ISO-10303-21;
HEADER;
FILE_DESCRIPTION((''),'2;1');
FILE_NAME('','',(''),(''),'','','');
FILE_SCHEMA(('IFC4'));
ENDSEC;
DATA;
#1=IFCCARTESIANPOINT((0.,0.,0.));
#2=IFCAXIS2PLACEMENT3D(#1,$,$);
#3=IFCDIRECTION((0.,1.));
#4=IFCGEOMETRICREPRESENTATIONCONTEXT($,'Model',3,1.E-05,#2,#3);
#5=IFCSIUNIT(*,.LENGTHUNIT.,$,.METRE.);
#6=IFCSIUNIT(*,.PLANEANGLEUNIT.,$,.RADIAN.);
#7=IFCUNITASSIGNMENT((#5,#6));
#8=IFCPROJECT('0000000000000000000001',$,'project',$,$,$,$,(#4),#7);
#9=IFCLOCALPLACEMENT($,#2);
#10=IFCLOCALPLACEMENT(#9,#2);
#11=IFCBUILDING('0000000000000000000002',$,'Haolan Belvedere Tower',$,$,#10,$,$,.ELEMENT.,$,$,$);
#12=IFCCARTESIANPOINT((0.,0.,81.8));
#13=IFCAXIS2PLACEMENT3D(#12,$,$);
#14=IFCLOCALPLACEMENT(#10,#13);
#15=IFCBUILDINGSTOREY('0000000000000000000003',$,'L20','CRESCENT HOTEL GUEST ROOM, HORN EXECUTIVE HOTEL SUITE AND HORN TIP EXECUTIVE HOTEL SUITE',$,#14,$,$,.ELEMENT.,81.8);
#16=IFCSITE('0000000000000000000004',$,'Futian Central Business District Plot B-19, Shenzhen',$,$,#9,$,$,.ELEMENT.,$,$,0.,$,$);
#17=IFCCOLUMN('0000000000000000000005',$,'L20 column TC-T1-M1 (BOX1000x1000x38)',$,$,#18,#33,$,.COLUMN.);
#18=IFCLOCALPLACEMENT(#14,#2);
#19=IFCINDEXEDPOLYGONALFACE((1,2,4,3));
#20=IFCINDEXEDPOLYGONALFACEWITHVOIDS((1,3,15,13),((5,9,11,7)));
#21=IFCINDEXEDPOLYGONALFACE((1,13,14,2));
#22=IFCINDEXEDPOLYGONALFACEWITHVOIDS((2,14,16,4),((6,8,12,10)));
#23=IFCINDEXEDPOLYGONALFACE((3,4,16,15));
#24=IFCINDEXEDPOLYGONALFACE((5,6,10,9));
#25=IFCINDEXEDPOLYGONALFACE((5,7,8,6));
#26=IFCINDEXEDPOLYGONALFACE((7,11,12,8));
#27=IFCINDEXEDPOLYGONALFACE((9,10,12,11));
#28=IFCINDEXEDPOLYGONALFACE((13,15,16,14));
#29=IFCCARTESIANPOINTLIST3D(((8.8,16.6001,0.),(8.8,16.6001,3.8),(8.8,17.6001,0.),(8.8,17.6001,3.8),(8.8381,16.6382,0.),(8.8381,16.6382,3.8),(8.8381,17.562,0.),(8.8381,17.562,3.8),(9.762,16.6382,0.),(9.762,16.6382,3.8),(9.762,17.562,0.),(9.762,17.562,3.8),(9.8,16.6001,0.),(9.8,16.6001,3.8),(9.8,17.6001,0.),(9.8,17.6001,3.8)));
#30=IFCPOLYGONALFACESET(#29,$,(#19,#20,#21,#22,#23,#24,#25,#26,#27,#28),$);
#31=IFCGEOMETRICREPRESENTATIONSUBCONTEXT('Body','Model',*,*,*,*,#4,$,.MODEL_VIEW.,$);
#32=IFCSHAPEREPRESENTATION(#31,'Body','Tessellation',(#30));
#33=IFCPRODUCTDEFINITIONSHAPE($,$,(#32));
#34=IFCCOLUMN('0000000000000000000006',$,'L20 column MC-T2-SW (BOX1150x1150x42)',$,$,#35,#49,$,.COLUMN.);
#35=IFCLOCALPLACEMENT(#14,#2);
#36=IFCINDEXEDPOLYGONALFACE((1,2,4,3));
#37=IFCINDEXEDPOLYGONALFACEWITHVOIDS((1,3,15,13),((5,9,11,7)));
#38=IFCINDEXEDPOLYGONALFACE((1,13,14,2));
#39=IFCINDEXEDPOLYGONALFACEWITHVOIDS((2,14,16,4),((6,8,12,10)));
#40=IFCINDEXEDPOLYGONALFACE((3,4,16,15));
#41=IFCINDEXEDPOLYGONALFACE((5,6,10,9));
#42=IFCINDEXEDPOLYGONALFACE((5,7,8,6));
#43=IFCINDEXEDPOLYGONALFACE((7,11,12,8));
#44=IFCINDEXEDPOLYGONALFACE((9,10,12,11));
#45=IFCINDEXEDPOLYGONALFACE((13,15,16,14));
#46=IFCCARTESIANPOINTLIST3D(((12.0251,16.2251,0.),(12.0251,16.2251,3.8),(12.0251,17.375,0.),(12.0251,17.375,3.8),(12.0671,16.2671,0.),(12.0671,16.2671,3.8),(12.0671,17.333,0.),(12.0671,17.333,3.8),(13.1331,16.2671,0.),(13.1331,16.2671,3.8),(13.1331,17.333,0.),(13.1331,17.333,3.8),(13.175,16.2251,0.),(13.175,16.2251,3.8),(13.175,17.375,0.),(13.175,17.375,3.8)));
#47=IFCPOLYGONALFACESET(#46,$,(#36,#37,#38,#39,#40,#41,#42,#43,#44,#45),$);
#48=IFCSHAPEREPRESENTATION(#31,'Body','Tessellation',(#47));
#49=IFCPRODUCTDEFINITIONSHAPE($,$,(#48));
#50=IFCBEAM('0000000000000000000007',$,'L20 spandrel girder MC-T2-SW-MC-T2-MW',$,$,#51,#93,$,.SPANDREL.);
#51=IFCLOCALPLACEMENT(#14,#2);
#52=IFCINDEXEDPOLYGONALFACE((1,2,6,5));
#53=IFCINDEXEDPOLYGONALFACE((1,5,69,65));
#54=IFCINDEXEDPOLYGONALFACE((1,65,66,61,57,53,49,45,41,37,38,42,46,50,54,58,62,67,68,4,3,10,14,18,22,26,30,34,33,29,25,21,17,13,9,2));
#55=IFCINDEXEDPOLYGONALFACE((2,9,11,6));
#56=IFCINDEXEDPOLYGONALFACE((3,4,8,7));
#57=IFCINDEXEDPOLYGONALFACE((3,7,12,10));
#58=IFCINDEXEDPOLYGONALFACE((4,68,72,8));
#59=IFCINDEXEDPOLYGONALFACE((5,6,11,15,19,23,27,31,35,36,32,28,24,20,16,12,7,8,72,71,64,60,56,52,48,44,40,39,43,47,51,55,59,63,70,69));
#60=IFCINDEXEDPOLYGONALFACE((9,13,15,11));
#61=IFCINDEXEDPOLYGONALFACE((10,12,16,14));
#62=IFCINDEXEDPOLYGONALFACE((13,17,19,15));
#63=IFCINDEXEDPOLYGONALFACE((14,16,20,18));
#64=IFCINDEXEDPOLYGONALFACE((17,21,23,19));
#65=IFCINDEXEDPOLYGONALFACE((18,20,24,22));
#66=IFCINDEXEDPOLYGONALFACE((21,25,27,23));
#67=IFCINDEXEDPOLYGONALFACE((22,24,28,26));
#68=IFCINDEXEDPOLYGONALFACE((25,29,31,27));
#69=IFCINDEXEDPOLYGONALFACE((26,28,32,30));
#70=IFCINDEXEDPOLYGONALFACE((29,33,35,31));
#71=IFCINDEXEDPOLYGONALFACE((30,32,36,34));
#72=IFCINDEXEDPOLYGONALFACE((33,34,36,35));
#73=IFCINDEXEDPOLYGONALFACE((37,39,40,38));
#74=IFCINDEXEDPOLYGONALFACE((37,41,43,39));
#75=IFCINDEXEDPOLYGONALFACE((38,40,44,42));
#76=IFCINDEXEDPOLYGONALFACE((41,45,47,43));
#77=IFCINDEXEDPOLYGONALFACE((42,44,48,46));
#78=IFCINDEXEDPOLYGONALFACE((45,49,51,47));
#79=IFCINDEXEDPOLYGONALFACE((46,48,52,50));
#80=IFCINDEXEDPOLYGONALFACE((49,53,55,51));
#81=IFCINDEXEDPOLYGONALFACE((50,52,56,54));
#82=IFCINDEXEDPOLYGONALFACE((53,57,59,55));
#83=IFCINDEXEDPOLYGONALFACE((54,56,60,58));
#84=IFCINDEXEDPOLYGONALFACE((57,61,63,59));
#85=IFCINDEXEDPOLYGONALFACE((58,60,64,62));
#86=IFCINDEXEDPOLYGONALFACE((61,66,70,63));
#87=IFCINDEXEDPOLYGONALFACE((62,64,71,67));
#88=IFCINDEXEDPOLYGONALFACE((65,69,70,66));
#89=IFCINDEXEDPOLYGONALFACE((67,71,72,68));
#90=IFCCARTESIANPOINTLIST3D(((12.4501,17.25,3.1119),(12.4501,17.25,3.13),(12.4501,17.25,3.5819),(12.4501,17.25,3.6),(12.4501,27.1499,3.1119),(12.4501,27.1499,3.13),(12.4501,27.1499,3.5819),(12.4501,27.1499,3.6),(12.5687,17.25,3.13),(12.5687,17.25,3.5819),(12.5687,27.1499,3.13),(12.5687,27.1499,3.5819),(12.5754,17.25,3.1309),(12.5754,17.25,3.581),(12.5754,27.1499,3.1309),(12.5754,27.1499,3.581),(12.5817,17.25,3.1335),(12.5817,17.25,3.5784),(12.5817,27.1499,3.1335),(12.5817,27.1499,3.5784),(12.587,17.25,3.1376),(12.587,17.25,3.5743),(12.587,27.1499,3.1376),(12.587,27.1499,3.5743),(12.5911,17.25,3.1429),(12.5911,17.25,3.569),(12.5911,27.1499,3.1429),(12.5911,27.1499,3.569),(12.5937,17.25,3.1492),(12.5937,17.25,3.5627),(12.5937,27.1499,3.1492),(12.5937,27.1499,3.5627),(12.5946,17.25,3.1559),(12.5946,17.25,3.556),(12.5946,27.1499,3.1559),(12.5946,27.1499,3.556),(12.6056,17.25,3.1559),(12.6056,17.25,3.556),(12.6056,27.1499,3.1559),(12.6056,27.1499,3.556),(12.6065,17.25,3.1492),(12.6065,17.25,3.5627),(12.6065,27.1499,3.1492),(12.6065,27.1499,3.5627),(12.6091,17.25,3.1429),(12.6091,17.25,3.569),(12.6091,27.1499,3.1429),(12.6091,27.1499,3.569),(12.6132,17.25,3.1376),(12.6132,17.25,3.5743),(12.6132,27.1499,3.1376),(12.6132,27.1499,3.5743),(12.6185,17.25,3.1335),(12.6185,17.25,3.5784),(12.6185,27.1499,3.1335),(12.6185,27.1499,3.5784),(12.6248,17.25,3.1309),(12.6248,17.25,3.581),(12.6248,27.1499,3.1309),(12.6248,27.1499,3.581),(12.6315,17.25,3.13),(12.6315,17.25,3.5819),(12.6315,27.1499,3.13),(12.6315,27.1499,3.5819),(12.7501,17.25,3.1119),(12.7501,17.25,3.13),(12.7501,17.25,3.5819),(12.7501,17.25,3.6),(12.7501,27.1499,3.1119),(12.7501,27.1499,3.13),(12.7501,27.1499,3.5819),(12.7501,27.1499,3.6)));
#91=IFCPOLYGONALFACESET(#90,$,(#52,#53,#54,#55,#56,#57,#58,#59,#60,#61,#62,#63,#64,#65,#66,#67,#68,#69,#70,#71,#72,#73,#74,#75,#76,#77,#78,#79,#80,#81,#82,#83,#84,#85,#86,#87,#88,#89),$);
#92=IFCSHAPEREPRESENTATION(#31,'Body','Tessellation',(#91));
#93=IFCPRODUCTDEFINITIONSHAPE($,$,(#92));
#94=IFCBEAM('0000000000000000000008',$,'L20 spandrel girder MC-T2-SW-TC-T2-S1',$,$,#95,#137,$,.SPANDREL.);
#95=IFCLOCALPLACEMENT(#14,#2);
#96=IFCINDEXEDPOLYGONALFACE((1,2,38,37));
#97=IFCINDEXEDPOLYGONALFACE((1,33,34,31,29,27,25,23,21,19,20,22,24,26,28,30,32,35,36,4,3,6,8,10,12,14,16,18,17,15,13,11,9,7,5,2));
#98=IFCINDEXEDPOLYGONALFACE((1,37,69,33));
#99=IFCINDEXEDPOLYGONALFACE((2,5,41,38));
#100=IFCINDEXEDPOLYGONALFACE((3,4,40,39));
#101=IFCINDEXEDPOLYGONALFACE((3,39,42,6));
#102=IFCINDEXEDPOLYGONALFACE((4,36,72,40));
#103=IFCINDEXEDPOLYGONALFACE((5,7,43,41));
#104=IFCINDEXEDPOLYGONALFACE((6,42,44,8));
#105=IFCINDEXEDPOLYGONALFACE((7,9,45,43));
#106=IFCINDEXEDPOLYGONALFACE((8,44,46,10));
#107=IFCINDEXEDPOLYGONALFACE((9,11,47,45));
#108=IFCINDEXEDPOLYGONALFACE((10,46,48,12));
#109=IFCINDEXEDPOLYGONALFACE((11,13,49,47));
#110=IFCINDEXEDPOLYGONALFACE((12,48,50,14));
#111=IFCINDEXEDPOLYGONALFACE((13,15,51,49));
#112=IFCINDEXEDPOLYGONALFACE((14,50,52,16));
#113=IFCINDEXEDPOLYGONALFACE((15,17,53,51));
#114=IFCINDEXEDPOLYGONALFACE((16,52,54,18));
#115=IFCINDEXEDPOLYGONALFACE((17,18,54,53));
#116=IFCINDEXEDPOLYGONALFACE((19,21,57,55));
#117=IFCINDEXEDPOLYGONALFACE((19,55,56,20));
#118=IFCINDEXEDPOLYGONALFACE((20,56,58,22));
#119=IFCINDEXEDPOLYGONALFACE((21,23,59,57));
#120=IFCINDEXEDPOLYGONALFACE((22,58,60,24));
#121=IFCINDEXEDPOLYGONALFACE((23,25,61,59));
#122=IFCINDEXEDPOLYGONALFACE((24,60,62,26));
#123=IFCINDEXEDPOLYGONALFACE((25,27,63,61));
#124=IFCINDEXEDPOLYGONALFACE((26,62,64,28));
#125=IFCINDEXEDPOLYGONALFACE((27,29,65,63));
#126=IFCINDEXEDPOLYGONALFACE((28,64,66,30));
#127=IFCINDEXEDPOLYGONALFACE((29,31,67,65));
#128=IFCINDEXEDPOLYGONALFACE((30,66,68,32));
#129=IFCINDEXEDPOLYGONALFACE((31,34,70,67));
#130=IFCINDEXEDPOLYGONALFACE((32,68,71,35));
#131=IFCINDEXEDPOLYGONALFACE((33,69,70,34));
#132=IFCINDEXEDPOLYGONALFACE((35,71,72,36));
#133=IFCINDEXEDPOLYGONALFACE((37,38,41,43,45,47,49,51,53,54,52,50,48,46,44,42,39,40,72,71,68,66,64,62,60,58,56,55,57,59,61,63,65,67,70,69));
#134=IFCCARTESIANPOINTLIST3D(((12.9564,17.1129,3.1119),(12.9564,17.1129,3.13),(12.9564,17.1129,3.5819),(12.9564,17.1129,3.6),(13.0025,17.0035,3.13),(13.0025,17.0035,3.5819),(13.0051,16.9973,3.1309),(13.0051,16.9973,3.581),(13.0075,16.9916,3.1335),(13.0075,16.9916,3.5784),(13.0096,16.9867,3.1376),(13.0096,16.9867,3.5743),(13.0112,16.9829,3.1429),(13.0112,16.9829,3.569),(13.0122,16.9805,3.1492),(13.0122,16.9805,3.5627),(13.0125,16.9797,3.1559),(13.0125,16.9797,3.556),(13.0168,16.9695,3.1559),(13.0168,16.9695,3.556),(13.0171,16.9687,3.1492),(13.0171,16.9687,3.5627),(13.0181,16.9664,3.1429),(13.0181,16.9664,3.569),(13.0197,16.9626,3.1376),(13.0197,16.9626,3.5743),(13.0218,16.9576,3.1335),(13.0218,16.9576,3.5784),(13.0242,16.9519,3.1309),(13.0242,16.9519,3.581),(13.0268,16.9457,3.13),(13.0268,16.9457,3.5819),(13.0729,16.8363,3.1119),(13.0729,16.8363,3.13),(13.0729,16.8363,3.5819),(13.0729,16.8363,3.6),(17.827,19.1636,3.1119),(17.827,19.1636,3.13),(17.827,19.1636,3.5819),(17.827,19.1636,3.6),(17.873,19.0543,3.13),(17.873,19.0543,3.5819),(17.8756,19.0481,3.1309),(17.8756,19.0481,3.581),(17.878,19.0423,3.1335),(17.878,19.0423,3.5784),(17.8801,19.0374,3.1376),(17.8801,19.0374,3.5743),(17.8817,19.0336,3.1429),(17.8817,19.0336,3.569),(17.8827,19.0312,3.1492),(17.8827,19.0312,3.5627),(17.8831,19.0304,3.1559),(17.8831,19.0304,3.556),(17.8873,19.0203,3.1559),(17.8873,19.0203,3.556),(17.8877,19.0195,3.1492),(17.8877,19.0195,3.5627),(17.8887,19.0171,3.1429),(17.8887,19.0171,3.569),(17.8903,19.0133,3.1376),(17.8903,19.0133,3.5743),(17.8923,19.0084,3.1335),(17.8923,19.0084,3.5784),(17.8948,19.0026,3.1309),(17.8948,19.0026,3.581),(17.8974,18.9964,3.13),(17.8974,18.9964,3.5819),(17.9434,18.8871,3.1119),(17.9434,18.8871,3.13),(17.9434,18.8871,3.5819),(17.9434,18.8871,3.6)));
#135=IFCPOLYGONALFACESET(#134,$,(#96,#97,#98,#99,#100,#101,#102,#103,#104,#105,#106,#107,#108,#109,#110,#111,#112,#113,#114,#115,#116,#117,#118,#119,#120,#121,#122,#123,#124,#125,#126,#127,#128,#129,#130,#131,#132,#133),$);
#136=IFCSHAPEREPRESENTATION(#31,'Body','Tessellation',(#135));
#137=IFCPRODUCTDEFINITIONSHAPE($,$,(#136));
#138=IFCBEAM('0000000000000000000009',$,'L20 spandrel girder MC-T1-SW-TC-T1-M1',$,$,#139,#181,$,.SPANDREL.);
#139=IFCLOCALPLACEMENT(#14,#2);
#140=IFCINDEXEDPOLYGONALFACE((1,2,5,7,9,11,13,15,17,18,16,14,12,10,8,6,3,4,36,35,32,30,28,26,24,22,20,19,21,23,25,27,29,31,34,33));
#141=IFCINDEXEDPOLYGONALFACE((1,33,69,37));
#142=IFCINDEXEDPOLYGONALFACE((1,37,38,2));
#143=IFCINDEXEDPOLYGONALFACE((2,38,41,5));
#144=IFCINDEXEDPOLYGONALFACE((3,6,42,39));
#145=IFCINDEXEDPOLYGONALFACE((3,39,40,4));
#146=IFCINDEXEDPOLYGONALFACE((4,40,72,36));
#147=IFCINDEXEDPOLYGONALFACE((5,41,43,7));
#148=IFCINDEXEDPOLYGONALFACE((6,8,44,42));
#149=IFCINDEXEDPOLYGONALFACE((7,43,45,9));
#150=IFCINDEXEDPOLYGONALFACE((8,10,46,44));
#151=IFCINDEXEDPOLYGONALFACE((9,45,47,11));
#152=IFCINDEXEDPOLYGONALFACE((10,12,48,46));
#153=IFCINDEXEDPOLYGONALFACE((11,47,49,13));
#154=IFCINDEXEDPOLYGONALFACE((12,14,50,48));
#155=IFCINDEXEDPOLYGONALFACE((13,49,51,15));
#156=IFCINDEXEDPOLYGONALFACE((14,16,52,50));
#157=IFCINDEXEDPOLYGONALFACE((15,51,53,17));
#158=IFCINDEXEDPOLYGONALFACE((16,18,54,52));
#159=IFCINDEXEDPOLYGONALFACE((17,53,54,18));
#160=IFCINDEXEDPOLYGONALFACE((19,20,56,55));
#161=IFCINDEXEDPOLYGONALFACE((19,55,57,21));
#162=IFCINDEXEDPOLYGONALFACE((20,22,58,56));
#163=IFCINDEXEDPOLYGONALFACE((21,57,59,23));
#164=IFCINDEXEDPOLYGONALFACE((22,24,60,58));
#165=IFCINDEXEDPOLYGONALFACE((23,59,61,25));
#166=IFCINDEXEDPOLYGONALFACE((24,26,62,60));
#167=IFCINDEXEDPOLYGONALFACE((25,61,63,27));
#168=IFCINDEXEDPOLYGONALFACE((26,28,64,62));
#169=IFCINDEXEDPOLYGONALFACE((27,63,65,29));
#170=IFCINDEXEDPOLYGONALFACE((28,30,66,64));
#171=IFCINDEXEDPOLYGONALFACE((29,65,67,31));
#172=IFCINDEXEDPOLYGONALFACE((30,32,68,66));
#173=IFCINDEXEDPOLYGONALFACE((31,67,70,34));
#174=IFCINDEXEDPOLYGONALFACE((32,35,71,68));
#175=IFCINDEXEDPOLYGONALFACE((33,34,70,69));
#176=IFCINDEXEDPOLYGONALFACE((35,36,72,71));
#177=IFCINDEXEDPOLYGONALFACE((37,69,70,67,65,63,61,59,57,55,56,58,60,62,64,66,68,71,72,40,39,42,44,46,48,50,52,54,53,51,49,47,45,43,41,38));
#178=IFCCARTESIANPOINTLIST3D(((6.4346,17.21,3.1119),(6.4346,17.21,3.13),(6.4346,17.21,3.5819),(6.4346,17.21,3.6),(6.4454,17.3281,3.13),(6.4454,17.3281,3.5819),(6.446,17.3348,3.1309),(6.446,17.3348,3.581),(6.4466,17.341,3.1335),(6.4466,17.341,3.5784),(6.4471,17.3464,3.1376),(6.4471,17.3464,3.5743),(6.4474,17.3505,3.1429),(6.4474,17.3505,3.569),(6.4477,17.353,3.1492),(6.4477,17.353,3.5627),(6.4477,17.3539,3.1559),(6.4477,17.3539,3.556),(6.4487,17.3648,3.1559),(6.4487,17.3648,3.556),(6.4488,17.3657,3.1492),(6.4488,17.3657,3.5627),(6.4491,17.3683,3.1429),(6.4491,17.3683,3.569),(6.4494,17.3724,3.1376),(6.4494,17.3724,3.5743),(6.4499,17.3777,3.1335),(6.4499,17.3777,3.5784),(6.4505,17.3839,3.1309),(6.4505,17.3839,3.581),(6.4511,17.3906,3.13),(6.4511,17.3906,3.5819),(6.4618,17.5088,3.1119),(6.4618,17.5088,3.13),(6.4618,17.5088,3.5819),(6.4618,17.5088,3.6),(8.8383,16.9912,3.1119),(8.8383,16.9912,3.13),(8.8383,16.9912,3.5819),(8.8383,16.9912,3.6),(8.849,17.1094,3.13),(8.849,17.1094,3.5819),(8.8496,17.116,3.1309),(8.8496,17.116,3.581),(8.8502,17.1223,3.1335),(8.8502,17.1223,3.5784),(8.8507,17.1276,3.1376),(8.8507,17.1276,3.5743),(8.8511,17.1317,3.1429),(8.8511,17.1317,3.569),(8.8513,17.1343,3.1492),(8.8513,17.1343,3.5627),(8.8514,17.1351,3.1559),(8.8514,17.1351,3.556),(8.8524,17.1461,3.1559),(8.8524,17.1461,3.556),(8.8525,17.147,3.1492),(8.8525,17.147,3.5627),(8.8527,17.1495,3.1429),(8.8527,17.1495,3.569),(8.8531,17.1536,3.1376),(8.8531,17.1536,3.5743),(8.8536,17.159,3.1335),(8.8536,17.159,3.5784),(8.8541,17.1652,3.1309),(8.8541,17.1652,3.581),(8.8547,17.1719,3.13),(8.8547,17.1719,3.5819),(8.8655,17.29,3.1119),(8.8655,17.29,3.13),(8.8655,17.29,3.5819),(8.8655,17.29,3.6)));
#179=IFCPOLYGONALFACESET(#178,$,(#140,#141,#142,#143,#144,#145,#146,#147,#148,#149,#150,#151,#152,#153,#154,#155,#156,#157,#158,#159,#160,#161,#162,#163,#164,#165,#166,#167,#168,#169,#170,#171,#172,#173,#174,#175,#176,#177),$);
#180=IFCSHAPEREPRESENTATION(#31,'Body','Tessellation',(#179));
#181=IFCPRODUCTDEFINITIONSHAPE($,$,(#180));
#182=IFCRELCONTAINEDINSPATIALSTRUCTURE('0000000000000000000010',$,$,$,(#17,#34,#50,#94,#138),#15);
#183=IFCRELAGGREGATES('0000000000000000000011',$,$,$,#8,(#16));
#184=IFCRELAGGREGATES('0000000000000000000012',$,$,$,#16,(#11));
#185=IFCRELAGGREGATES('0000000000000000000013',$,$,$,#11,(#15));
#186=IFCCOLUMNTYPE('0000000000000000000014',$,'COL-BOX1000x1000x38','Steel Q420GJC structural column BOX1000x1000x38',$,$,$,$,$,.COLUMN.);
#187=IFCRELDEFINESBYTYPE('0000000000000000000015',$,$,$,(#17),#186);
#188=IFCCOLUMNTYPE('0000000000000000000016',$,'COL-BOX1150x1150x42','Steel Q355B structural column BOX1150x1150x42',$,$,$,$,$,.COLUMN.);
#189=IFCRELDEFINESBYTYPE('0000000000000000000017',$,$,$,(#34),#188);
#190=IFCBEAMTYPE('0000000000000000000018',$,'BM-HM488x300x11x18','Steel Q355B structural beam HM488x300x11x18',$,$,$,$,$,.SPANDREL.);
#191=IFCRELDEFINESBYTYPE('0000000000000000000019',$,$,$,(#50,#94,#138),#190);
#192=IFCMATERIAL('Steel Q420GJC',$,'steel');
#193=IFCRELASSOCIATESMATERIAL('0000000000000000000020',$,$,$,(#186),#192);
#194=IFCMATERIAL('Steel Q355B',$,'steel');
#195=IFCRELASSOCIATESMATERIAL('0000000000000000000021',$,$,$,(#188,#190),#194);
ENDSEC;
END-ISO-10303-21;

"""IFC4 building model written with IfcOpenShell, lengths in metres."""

from ifc_helpers import new_model, si_unit, direction, frame, origin, origin_2d, place, context, subcontext, project, spatial, hollow_rectangle, i_section, extrude, material, material_profile, profile_set, type_object, element, save


model = new_model("IFC4")

# Units and contexts
model_context = context("Model", 3, precision=1e-05, world=origin(), true_north=direction((0.0, 1.0)))
body_context = subcontext(model_context, "Body", "Model", "MODEL_VIEW")
ifc_project = project(units=[si_unit("LENGTHUNIT", "METRE"), si_unit("PLANEANGLEUNIT", "RADIAN")], contexts=[model_context])

# Site, building, storey
site_placement = place(None, origin())
site = spatial("IfcSite", under=ifc_project, at=site_placement, Name="Futian Central Business District Plot B-19, Shenzhen", CompositionType="ELEMENT", RefElevation=0.0)
building_placement = place(site_placement, origin())
building = spatial("IfcBuilding", under=site, at=building_placement, Name="Haolan Belvedere Tower", CompositionType="ELEMENT")
storey_placement = place(building_placement, frame((0.0, 0.0, 81.8)))
storey = spatial("IfcBuildingStorey", under=building, at=storey_placement, Name="L20", Description="CRESCENT HOTEL GUEST ROOM, HORN EXECUTIVE HOTEL SUITE AND HORN TIP EXECUTIVE HOTEL SUITE", CompositionType="ELEMENT", Elevation=81.8)

# Columns
ifc_material_1 = material(Name="Steel Q420GJC", Category="steel")
ifc_material_profile_1 = material_profile(ifc_material_1, hollow_rectangle(XDim=1.0, YDim=1.0, WallThickness=0.0381, at=origin_2d()), Name="Steel Q420GJC")
ifc_profile_set_1 = profile_set([ifc_material_profile_1], Name="Steel Q420GJC")
column_type_1 = type_object("IfcColumnType", Name="COL-BOX1000x1000x38", Description="Steel Q420GJC structural column BOX1000x1000x38", PredefinedType="COLUMN", material=ifc_profile_set_1)
column_1_placement = place(storey_placement, frame((9.3, 17.1001, 0.0), z_axis=(0.0, 0.0, 1.0), x_axis=(1.0, 0.0, 0.0)))
element("IfcColumn", 1, at=column_1_placement, inside=storey, type_object=column_type_1, Name="L20 column TC-T1-M1 (BOX1000x1000x38)", PredefinedType="COLUMN", context=body_context, shape_type="SweptSolid", body=[
    extrude(hollow_rectangle(XDim=1.0, YDim=1.0, WallThickness=0.0381, at=origin_2d()), origin(), (0.0, 0.0, 1.0), 3.8),
])
ifc_material_2 = material(Name="Steel Q355B", Category="steel")
ifc_material_profile_2 = material_profile(ifc_material_2, hollow_rectangle(XDim=1.1499, YDim=1.1499, WallThickness=0.042, at=origin_2d()), Name="Steel Q355B")
ifc_profile_set_2 = profile_set([ifc_material_profile_2], Name="Steel Q355B")
column_type_2 = type_object("IfcColumnType", Name="COL-BOX1150x1150x42", Description="Steel Q355B structural column BOX1150x1150x42", PredefinedType="COLUMN", material=ifc_profile_set_2)
column_2_placement = place(storey_placement, frame((12.6001, 16.8, 0.0), z_axis=(0.0, 0.0, 1.0), x_axis=(1.0, 0.0, 0.0)))
element("IfcColumn", 2, at=column_2_placement, inside=storey, type_object=column_type_2, Name="L20 column MC-T2-SW (BOX1150x1150x42)", PredefinedType="COLUMN", context=body_context, shape_type="SweptSolid", body=[
    extrude(hollow_rectangle(XDim=1.1499, YDim=1.1499, WallThickness=0.042, at=origin_2d()), origin(), (0.0, 0.0, 1.0), 3.8),
])

# Beams
ifc_material_profile_3 = material_profile(ifc_material_2, i_section(OverallWidth=0.3, OverallDepth=0.488, WebThickness=0.011, FlangeThickness=0.0181, FilletRadius=0.0259, at=origin_2d()), Name="Steel Q355B")
ifc_profile_set_3 = profile_set([ifc_material_profile_3], Name="Steel Q355B")
beam_type = type_object("IfcBeamType", Name="BM-HM488x300x11x18", Description="Steel Q355B structural beam HM488x300x11x18", PredefinedType="SPANDREL", material=ifc_profile_set_3)
beam_1_placement = place(storey_placement, frame((12.6001, 17.25, 3.356), z_axis=(0.0, 1.0, 0.0), x_axis=(-1.0, 0.0, 0.0)))
element("IfcBeam", 3, at=beam_1_placement, inside=storey, type_object=beam_type, Name="L20 spandrel girder MC-T2-SW-MC-T2-MW", PredefinedType="SPANDREL", context=body_context, shape_type="SweptSolid", body=[
    extrude(i_section(OverallWidth=0.3, OverallDepth=0.488, WebThickness=0.011, FlangeThickness=0.0181, FilletRadius=0.0259, at=origin_2d()), origin(), (0.0, 0.0, 1.0), 9.8999),
])
beam_2_placement = place(storey_placement, frame((13.0146, 16.9746, 3.356), z_axis=(0.921635, 0.388057, 0.0), x_axis=(-0.388057, 0.921635, 0.0)))
element("IfcBeam", 4, at=beam_2_placement, inside=storey, type_object=beam_type, Name="L20 spandrel girder MC-T2-SW-TC-T2-S1", PredefinedType="SPANDREL", context=body_context, shape_type="SweptSolid", body=[
    extrude(i_section(OverallWidth=0.3, OverallDepth=0.488, WebThickness=0.011, FlangeThickness=0.0181, FilletRadius=0.0259, at=origin_2d()), origin(), (0.0, 0.0, 1.0), 5.2847),
])
beam_3_placement = place(storey_placement, frame((6.4482, 17.3594, 3.356), z_axis=(0.995884, -0.090636, 0.0), x_axis=(0.090636, 0.995884, 0.0)))
element("IfcBeam", 5, at=beam_3_placement, inside=storey, type_object=beam_type, Name="L20 spandrel girder MC-T1-SW-TC-T1-M1", PredefinedType="SPANDREL", context=body_context, shape_type="SweptSolid", body=[
    extrude(i_section(OverallWidth=0.3, OverallDepth=0.488, WebThickness=0.011, FlangeThickness=0.0181, FilletRadius=0.0259, at=origin_2d()), origin(), (0.0, 0.0, 1.0), 2.4136),
])

save(model, "model.ifc")
